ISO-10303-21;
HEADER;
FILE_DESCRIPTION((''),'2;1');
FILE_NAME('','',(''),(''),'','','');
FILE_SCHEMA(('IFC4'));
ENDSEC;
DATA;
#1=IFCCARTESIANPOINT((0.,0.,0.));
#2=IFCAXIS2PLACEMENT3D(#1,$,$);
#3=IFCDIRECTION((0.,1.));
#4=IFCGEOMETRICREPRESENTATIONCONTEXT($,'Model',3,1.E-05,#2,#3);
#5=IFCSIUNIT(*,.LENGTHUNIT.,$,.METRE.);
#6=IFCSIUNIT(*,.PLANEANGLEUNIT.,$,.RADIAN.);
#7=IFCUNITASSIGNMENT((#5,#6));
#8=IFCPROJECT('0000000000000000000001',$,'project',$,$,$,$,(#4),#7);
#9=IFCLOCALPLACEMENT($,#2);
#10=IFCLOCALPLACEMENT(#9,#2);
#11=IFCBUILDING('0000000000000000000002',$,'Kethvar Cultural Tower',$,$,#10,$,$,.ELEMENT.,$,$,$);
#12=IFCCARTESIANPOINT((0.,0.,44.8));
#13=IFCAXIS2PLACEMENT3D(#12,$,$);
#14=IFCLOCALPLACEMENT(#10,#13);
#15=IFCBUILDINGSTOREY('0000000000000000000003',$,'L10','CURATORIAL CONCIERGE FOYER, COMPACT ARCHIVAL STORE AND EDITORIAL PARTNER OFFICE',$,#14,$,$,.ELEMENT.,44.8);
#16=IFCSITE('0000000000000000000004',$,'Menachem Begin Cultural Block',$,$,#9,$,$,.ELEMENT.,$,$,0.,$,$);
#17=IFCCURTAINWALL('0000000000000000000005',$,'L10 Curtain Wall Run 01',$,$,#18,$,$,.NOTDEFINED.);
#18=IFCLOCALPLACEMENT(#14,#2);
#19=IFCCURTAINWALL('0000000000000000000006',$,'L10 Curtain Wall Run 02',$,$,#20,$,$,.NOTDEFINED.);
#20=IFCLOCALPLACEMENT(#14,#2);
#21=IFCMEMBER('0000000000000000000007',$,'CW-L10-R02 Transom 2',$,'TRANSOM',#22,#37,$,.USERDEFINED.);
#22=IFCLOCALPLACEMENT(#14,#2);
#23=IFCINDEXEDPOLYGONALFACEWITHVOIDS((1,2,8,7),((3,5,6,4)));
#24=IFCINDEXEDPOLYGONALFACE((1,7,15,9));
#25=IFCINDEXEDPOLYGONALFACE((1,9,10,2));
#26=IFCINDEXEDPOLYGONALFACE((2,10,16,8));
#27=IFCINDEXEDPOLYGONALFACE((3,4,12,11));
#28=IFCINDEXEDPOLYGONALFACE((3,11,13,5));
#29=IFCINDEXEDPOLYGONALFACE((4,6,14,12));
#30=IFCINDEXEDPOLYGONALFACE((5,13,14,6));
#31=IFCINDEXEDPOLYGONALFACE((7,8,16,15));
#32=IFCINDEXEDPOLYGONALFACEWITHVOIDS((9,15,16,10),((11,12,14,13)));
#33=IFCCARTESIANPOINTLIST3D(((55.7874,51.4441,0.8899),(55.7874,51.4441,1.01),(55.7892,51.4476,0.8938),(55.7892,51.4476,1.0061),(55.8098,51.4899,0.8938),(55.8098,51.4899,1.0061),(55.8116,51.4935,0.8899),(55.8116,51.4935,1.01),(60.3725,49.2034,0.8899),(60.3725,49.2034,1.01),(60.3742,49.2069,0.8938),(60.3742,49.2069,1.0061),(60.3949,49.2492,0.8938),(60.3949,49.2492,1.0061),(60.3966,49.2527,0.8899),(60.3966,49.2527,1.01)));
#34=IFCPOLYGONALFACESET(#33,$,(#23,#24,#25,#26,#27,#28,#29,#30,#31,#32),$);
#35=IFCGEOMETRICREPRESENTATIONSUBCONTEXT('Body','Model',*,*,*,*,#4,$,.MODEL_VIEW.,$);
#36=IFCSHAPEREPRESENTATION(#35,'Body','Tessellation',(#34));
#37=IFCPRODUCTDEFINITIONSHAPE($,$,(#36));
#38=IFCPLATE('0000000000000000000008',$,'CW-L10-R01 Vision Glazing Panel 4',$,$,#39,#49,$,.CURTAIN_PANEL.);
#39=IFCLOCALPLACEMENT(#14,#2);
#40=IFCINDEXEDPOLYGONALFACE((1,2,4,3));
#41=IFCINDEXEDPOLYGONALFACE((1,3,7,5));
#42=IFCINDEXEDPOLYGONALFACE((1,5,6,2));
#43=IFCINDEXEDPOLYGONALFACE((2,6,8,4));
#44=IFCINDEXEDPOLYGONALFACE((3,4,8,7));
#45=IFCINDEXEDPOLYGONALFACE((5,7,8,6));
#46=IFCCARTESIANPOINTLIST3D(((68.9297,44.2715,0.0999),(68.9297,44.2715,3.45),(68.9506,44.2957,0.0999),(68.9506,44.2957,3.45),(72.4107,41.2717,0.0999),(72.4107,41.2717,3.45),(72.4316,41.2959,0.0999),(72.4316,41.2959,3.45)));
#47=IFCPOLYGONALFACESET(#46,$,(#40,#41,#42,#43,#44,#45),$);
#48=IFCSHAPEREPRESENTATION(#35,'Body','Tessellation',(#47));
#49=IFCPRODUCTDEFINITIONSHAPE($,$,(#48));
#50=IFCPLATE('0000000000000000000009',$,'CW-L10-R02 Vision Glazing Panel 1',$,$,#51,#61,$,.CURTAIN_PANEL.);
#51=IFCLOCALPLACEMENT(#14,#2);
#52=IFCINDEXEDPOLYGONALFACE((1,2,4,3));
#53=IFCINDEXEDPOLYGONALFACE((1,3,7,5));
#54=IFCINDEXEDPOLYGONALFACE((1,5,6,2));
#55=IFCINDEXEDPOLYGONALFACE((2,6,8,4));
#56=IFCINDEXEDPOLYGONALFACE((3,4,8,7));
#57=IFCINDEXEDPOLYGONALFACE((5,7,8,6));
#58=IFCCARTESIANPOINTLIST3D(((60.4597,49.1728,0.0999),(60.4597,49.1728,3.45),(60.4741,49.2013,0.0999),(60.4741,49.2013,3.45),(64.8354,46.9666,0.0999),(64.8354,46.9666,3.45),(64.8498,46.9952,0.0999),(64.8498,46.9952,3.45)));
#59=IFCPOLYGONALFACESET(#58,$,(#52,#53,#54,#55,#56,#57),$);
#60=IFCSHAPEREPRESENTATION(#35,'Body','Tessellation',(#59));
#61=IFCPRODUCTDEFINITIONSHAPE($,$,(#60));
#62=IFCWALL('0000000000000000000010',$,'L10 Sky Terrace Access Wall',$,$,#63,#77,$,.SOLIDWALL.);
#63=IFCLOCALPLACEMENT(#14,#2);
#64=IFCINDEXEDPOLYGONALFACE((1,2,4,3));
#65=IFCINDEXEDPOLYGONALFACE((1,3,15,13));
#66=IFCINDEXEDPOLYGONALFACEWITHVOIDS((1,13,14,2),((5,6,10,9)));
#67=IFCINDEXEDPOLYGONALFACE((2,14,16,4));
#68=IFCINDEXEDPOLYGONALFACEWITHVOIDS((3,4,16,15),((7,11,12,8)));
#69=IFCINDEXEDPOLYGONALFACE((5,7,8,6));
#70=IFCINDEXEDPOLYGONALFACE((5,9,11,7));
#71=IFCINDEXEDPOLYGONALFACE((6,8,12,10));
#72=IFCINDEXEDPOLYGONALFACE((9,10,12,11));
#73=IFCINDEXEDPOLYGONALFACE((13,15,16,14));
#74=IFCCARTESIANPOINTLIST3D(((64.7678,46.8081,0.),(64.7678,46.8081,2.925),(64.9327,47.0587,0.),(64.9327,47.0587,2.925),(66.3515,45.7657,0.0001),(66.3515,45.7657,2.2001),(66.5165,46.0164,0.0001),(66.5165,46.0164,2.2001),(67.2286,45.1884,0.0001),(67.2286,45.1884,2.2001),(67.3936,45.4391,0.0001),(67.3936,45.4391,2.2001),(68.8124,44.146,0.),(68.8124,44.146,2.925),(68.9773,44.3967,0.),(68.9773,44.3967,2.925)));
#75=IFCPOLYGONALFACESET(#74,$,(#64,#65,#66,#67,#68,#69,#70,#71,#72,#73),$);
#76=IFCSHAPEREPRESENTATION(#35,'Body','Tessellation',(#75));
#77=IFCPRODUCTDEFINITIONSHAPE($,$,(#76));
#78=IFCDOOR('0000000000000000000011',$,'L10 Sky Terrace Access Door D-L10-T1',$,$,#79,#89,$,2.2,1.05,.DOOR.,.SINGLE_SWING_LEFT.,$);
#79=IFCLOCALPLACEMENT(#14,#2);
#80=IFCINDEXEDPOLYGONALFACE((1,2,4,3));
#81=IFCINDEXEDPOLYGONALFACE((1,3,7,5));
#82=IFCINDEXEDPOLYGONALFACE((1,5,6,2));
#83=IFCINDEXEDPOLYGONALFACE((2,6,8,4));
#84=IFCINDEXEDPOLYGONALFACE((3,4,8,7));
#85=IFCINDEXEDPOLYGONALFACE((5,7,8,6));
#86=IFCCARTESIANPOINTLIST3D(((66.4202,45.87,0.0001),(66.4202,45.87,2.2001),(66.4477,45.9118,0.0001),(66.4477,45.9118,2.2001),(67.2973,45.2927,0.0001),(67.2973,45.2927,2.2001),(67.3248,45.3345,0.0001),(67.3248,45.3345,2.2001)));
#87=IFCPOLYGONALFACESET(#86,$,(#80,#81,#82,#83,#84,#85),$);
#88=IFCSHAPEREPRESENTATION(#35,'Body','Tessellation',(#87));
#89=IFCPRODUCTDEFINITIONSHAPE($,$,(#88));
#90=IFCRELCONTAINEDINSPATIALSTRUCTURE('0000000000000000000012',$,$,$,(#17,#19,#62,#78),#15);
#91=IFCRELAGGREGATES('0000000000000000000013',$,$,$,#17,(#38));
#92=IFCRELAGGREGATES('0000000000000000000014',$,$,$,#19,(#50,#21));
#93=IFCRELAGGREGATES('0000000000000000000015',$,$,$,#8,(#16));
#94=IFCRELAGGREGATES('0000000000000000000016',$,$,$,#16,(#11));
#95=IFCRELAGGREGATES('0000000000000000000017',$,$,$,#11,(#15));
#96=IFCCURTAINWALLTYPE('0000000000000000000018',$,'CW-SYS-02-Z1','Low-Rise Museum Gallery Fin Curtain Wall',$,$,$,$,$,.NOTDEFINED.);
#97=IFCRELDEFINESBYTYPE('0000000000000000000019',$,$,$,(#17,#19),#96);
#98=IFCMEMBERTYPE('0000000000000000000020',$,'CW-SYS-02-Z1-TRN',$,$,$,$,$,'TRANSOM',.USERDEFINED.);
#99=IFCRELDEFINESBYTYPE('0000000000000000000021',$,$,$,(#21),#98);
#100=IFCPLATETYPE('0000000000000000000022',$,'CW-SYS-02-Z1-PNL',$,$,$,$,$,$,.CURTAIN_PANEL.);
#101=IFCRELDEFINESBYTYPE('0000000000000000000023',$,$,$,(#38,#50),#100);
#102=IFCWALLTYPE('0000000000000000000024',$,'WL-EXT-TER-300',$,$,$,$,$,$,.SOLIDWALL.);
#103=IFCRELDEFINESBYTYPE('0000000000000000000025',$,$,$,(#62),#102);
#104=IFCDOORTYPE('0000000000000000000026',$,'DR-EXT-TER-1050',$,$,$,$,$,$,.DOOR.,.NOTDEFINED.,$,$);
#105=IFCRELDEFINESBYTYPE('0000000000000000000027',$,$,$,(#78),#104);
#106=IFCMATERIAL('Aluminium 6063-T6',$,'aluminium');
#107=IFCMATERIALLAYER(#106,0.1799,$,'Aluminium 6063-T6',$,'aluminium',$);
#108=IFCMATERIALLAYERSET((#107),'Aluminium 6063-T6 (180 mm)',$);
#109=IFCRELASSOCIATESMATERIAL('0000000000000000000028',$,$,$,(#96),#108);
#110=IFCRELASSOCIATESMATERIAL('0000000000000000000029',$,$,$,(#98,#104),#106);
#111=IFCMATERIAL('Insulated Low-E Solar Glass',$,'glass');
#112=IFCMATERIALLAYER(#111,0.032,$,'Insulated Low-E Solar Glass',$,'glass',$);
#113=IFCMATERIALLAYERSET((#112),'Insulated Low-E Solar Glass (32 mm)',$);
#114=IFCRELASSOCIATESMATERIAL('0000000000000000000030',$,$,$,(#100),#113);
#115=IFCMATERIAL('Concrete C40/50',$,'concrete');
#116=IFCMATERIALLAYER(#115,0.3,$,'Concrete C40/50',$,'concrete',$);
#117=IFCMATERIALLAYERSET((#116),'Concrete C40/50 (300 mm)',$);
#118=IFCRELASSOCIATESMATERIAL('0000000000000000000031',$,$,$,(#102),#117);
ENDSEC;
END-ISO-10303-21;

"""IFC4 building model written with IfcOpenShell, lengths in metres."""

from ifc_helpers import new_model, si_unit, direction, frame, frame_2d, origin, origin_2d, place, context, subcontext, project, spatial, rectangle, hollow_rectangle, extrude, source, transform, mapped, material, layer, layer_set, material_profile, profile_set, type_object, element, fill, aggregate, save


model = new_model("IFC4")

# Units and contexts
model_context = context("Model", 3, precision=1e-05, world=origin(), true_north=direction((0.0, 1.0)))
body_context = subcontext(model_context, "Body", "Model", "MODEL_VIEW")
ifc_project = project(units=[si_unit("LENGTHUNIT", "METRE"), si_unit("PLANEANGLEUNIT", "RADIAN")], contexts=[model_context])

# Site, building, storey
site_placement = place(None, origin())
site = spatial("IfcSite", under=ifc_project, at=site_placement, Name="Menachem Begin Cultural Block", CompositionType="ELEMENT", RefElevation=0.0)
building_placement = place(site_placement, origin())
building = spatial("IfcBuilding", under=site, at=building_placement, Name="Kethvar Cultural Tower", CompositionType="ELEMENT")
storey_placement = place(building_placement, frame((0.0, 0.0, 44.8)))
storey = spatial("IfcBuildingStorey", under=building, at=storey_placement, Name="L10", Description="CURATORIAL CONCIERGE FOYER, COMPACT ARCHIVAL STORE AND EDITORIAL PARTNER OFFICE", CompositionType="ELEMENT", Elevation=44.8)

# Curtain wall
ifc_material_1 = material(Name="Aluminium 6063-T6", Category="aluminium")
ifc_layer_1 = layer(ifc_material_1, 0.1799, Name="Aluminium 6063-T6", Category="aluminium")
ifc_layer_set_1 = layer_set([ifc_layer_1], Name="Aluminium 6063-T6 (180 mm)")
curtain_wall_type = type_object("IfcCurtainWallType", Name="CW-SYS-02-Z1", Description="Low-Rise Museum Gallery Fin Curtain Wall", PredefinedType="NOTDEFINED", material=ifc_layer_set_1)
curtain_wall_1_placement = place(storey_placement, origin())
curtain_wall_1 = element("IfcCurtainWall", 1, at=curtain_wall_1_placement, inside=storey, type_object=curtain_wall_type, Name="L10 Curtain Wall Run 01", PredefinedType="NOTDEFINED")

# Curtain wall
curtain_wall_2_placement = place(storey_placement, origin())
curtain_wall_2 = element("IfcCurtainWall", 2, at=curtain_wall_2_placement, inside=storey, type_object=curtain_wall_type, Name="L10 Curtain Wall Run 02", PredefinedType="NOTDEFINED")

# Member
ifc_material_profile_1 = material_profile(ifc_material_1, hollow_rectangle(XDim=0.0549, YDim=0.1201, WallThickness=0.0039, at=origin_2d()), Name="Aluminium 6063-T6 — RHS120x55x4")
ifc_profile_set_1 = profile_set([ifc_material_profile_1], Name="Aluminium 6063-T6 — RHS120x55x4")
member_type_1 = type_object("IfcMemberType", Name="CW-SYS-02-Z1-TRN", ElementType="TRANSOM", PredefinedType="USERDEFINED", material=ifc_profile_set_1)
shared_shape_1 = source(origin(), body_context, "Body", "SweptSolid", [
    extrude(hollow_rectangle(XDim=0.0549, YDim=0.1201, WallThickness=0.0039, at=origin_2d()), origin(), (0.0, 0.0, 1.0), 5.1033),
])
member_1_placement = place(storey_placement, frame((60.3845, 49.228, 0.95), z_axis=(-0.898447, 0.439081, 0.0), x_axis=(-0.439081, -0.898447, 0.0)))
member_1 = element("IfcMember", 3, at=member_1_placement, type_object=member_type_1, Name="CW-L10-R02 Transom 2", ObjectType="TRANSOM", PredefinedType="USERDEFINED", context=body_context, shape_type="MappedRepresentation", body=[
    mapped(shared_shape_1, transform((0.0, 0.0, 0.0), scale=1.0)),
])

# Plates
ifc_material_2 = material(Name="Insulated Low-E Solar Glass", Category="glass")
ifc_layer_2 = layer(ifc_material_2, 0.032, Name="Insulated Low-E Solar Glass", Category="glass")
ifc_layer_set_2 = layer_set([ifc_layer_2], Name="Insulated Low-E Solar Glass (32 mm)")
plate_type = type_object("IfcPlateType", Name="CW-SYS-02-Z1-PNL", PredefinedType="CURTAIN_PANEL", material=ifc_layer_set_2)
shared_shape_2 = source(origin(), body_context, "Body", "SweptSolid", [
    extrude(rectangle(XDim=4.5952, YDim=0.032, at=origin_2d()), origin(), (0.0, 0.0, 1.0), 3.3501),
])
plate_1_placement = place(storey_placement, frame((70.6807, 42.7837, 0.0999), z_axis=(0.0, 0.0, 1.0), x_axis=(-0.757519, 0.652813, 0.0)))
plate_1 = element("IfcPlate", 4, at=plate_1_placement, type_object=plate_type, Name="CW-L10-R01 Vision Glazing Panel 4", PredefinedType="CURTAIN_PANEL", context=body_context, shape_type="MappedRepresentation", body=[
    mapped(shared_shape_2, transform((0.0, 0.0, 0.0), scale=1.0)),
])
aggregate(curtain_wall_1, [plate_1])
shared_shape_3 = source(origin(), body_context, "Body", "SweptSolid", [
    extrude(rectangle(XDim=4.9004, YDim=0.032, at=origin_2d()), origin(), (0.0, 0.0, 1.0), 3.3501),
])
plate_2_placement = place(storey_placement, frame((62.6548, 48.084, 0.0999), z_axis=(0.0, 0.0, 1.0), x_axis=(-0.892932, 0.450192, 0.0)))
plate_2 = element("IfcPlate", 5, at=plate_2_placement, type_object=plate_type, Name="CW-L10-R02 Vision Glazing Panel 1", PredefinedType="CURTAIN_PANEL", context=body_context, shape_type="MappedRepresentation", body=[
    mapped(shared_shape_3, transform((0.0, 0.0, 0.0), scale=1.0)),
])
aggregate(curtain_wall_2, [plate_2, member_1])

# Wall, opening, door
ifc_material_3 = material(Name="Concrete C40/50", Category="concrete")
ifc_layer_3 = layer(ifc_material_3, 0.3, Name="Concrete C40/50", Category="concrete")
ifc_layer_set_3 = layer_set([ifc_layer_3], Name="Concrete C40/50 (300 mm)")
wall_type = type_object("IfcWallType", Name="WL-EXT-TER-300", PredefinedType="SOLIDWALL", material=ifc_layer_set_3)
wall_placement = place(storey_placement, frame((64.8503, 46.9333, 0.0), z_axis=(0.0, 0.0, 1.0), x_axis=(0.835309, -0.54978, 0.0)))
wall = element("IfcWall", 6, at=wall_placement, inside=storey, type_object=wall_type, Name="L10 Sky Terrace Access Wall", PredefinedType="SOLIDWALL", context=body_context, shape_type="SweptSolid", body=[
    extrude(rectangle(XDim=4.842, YDim=0.3, at=frame_2d((2.4209, 0.0))), origin(), (0.0, 0.0, 1.0), 2.925),
])
opening_placement = place(wall_placement, frame((1.896, 0.0, 0.0)))
opening = element("IfcOpeningElement", 7, at=opening_placement, cuts=wall, PredefinedType="OPENING", context=body_context, shape_type="SweptSolid", body=[
    extrude(rectangle(XDim=1.05, YDim=2.2, at=frame_2d((0.5249, 1.1001))), frame((0.0, 0.1599, 0.0), z_axis=(0.0, -1.0, 0.0), x_axis=(1.0, 0.0, 0.0)), (0.0, 0.0, 1.0), 0.3201),
])
door_type = type_object("IfcDoorType", Name="DR-EXT-TER-1050", OperationType="NOTDEFINED", PredefinedType="DOOR", material=ifc_material_1)
shared_shape_4 = source(origin(), body_context, "Body", "SweptSolid", [
    extrude(rectangle(XDim=1.05, YDim=2.2, at=frame_2d((0.5249, 1.1001))), frame((0.0, 0.0249, 0.0), z_axis=(0.0, -1.0, 0.0), x_axis=(1.0, 0.0, 0.0)), (0.0, 0.0, 1.0), 0.05),
])
door_placement = place(opening_placement, origin())
door = element("IfcDoor", 8, at=door_placement, inside=storey, type_object=door_type, Name="L10 Sky Terrace Access Door D-L10-T1", OperationType="SINGLE_SWING_LEFT", OverallHeight=2.2, OverallWidth=1.05, PredefinedType="DOOR", context=body_context, shape_type="MappedRepresentation", body=[
    mapped(shared_shape_4, transform((0.0, 0.0, 0.0), scale=1.0)),
])
fill(opening, door)

save(model, "model.ifc")
